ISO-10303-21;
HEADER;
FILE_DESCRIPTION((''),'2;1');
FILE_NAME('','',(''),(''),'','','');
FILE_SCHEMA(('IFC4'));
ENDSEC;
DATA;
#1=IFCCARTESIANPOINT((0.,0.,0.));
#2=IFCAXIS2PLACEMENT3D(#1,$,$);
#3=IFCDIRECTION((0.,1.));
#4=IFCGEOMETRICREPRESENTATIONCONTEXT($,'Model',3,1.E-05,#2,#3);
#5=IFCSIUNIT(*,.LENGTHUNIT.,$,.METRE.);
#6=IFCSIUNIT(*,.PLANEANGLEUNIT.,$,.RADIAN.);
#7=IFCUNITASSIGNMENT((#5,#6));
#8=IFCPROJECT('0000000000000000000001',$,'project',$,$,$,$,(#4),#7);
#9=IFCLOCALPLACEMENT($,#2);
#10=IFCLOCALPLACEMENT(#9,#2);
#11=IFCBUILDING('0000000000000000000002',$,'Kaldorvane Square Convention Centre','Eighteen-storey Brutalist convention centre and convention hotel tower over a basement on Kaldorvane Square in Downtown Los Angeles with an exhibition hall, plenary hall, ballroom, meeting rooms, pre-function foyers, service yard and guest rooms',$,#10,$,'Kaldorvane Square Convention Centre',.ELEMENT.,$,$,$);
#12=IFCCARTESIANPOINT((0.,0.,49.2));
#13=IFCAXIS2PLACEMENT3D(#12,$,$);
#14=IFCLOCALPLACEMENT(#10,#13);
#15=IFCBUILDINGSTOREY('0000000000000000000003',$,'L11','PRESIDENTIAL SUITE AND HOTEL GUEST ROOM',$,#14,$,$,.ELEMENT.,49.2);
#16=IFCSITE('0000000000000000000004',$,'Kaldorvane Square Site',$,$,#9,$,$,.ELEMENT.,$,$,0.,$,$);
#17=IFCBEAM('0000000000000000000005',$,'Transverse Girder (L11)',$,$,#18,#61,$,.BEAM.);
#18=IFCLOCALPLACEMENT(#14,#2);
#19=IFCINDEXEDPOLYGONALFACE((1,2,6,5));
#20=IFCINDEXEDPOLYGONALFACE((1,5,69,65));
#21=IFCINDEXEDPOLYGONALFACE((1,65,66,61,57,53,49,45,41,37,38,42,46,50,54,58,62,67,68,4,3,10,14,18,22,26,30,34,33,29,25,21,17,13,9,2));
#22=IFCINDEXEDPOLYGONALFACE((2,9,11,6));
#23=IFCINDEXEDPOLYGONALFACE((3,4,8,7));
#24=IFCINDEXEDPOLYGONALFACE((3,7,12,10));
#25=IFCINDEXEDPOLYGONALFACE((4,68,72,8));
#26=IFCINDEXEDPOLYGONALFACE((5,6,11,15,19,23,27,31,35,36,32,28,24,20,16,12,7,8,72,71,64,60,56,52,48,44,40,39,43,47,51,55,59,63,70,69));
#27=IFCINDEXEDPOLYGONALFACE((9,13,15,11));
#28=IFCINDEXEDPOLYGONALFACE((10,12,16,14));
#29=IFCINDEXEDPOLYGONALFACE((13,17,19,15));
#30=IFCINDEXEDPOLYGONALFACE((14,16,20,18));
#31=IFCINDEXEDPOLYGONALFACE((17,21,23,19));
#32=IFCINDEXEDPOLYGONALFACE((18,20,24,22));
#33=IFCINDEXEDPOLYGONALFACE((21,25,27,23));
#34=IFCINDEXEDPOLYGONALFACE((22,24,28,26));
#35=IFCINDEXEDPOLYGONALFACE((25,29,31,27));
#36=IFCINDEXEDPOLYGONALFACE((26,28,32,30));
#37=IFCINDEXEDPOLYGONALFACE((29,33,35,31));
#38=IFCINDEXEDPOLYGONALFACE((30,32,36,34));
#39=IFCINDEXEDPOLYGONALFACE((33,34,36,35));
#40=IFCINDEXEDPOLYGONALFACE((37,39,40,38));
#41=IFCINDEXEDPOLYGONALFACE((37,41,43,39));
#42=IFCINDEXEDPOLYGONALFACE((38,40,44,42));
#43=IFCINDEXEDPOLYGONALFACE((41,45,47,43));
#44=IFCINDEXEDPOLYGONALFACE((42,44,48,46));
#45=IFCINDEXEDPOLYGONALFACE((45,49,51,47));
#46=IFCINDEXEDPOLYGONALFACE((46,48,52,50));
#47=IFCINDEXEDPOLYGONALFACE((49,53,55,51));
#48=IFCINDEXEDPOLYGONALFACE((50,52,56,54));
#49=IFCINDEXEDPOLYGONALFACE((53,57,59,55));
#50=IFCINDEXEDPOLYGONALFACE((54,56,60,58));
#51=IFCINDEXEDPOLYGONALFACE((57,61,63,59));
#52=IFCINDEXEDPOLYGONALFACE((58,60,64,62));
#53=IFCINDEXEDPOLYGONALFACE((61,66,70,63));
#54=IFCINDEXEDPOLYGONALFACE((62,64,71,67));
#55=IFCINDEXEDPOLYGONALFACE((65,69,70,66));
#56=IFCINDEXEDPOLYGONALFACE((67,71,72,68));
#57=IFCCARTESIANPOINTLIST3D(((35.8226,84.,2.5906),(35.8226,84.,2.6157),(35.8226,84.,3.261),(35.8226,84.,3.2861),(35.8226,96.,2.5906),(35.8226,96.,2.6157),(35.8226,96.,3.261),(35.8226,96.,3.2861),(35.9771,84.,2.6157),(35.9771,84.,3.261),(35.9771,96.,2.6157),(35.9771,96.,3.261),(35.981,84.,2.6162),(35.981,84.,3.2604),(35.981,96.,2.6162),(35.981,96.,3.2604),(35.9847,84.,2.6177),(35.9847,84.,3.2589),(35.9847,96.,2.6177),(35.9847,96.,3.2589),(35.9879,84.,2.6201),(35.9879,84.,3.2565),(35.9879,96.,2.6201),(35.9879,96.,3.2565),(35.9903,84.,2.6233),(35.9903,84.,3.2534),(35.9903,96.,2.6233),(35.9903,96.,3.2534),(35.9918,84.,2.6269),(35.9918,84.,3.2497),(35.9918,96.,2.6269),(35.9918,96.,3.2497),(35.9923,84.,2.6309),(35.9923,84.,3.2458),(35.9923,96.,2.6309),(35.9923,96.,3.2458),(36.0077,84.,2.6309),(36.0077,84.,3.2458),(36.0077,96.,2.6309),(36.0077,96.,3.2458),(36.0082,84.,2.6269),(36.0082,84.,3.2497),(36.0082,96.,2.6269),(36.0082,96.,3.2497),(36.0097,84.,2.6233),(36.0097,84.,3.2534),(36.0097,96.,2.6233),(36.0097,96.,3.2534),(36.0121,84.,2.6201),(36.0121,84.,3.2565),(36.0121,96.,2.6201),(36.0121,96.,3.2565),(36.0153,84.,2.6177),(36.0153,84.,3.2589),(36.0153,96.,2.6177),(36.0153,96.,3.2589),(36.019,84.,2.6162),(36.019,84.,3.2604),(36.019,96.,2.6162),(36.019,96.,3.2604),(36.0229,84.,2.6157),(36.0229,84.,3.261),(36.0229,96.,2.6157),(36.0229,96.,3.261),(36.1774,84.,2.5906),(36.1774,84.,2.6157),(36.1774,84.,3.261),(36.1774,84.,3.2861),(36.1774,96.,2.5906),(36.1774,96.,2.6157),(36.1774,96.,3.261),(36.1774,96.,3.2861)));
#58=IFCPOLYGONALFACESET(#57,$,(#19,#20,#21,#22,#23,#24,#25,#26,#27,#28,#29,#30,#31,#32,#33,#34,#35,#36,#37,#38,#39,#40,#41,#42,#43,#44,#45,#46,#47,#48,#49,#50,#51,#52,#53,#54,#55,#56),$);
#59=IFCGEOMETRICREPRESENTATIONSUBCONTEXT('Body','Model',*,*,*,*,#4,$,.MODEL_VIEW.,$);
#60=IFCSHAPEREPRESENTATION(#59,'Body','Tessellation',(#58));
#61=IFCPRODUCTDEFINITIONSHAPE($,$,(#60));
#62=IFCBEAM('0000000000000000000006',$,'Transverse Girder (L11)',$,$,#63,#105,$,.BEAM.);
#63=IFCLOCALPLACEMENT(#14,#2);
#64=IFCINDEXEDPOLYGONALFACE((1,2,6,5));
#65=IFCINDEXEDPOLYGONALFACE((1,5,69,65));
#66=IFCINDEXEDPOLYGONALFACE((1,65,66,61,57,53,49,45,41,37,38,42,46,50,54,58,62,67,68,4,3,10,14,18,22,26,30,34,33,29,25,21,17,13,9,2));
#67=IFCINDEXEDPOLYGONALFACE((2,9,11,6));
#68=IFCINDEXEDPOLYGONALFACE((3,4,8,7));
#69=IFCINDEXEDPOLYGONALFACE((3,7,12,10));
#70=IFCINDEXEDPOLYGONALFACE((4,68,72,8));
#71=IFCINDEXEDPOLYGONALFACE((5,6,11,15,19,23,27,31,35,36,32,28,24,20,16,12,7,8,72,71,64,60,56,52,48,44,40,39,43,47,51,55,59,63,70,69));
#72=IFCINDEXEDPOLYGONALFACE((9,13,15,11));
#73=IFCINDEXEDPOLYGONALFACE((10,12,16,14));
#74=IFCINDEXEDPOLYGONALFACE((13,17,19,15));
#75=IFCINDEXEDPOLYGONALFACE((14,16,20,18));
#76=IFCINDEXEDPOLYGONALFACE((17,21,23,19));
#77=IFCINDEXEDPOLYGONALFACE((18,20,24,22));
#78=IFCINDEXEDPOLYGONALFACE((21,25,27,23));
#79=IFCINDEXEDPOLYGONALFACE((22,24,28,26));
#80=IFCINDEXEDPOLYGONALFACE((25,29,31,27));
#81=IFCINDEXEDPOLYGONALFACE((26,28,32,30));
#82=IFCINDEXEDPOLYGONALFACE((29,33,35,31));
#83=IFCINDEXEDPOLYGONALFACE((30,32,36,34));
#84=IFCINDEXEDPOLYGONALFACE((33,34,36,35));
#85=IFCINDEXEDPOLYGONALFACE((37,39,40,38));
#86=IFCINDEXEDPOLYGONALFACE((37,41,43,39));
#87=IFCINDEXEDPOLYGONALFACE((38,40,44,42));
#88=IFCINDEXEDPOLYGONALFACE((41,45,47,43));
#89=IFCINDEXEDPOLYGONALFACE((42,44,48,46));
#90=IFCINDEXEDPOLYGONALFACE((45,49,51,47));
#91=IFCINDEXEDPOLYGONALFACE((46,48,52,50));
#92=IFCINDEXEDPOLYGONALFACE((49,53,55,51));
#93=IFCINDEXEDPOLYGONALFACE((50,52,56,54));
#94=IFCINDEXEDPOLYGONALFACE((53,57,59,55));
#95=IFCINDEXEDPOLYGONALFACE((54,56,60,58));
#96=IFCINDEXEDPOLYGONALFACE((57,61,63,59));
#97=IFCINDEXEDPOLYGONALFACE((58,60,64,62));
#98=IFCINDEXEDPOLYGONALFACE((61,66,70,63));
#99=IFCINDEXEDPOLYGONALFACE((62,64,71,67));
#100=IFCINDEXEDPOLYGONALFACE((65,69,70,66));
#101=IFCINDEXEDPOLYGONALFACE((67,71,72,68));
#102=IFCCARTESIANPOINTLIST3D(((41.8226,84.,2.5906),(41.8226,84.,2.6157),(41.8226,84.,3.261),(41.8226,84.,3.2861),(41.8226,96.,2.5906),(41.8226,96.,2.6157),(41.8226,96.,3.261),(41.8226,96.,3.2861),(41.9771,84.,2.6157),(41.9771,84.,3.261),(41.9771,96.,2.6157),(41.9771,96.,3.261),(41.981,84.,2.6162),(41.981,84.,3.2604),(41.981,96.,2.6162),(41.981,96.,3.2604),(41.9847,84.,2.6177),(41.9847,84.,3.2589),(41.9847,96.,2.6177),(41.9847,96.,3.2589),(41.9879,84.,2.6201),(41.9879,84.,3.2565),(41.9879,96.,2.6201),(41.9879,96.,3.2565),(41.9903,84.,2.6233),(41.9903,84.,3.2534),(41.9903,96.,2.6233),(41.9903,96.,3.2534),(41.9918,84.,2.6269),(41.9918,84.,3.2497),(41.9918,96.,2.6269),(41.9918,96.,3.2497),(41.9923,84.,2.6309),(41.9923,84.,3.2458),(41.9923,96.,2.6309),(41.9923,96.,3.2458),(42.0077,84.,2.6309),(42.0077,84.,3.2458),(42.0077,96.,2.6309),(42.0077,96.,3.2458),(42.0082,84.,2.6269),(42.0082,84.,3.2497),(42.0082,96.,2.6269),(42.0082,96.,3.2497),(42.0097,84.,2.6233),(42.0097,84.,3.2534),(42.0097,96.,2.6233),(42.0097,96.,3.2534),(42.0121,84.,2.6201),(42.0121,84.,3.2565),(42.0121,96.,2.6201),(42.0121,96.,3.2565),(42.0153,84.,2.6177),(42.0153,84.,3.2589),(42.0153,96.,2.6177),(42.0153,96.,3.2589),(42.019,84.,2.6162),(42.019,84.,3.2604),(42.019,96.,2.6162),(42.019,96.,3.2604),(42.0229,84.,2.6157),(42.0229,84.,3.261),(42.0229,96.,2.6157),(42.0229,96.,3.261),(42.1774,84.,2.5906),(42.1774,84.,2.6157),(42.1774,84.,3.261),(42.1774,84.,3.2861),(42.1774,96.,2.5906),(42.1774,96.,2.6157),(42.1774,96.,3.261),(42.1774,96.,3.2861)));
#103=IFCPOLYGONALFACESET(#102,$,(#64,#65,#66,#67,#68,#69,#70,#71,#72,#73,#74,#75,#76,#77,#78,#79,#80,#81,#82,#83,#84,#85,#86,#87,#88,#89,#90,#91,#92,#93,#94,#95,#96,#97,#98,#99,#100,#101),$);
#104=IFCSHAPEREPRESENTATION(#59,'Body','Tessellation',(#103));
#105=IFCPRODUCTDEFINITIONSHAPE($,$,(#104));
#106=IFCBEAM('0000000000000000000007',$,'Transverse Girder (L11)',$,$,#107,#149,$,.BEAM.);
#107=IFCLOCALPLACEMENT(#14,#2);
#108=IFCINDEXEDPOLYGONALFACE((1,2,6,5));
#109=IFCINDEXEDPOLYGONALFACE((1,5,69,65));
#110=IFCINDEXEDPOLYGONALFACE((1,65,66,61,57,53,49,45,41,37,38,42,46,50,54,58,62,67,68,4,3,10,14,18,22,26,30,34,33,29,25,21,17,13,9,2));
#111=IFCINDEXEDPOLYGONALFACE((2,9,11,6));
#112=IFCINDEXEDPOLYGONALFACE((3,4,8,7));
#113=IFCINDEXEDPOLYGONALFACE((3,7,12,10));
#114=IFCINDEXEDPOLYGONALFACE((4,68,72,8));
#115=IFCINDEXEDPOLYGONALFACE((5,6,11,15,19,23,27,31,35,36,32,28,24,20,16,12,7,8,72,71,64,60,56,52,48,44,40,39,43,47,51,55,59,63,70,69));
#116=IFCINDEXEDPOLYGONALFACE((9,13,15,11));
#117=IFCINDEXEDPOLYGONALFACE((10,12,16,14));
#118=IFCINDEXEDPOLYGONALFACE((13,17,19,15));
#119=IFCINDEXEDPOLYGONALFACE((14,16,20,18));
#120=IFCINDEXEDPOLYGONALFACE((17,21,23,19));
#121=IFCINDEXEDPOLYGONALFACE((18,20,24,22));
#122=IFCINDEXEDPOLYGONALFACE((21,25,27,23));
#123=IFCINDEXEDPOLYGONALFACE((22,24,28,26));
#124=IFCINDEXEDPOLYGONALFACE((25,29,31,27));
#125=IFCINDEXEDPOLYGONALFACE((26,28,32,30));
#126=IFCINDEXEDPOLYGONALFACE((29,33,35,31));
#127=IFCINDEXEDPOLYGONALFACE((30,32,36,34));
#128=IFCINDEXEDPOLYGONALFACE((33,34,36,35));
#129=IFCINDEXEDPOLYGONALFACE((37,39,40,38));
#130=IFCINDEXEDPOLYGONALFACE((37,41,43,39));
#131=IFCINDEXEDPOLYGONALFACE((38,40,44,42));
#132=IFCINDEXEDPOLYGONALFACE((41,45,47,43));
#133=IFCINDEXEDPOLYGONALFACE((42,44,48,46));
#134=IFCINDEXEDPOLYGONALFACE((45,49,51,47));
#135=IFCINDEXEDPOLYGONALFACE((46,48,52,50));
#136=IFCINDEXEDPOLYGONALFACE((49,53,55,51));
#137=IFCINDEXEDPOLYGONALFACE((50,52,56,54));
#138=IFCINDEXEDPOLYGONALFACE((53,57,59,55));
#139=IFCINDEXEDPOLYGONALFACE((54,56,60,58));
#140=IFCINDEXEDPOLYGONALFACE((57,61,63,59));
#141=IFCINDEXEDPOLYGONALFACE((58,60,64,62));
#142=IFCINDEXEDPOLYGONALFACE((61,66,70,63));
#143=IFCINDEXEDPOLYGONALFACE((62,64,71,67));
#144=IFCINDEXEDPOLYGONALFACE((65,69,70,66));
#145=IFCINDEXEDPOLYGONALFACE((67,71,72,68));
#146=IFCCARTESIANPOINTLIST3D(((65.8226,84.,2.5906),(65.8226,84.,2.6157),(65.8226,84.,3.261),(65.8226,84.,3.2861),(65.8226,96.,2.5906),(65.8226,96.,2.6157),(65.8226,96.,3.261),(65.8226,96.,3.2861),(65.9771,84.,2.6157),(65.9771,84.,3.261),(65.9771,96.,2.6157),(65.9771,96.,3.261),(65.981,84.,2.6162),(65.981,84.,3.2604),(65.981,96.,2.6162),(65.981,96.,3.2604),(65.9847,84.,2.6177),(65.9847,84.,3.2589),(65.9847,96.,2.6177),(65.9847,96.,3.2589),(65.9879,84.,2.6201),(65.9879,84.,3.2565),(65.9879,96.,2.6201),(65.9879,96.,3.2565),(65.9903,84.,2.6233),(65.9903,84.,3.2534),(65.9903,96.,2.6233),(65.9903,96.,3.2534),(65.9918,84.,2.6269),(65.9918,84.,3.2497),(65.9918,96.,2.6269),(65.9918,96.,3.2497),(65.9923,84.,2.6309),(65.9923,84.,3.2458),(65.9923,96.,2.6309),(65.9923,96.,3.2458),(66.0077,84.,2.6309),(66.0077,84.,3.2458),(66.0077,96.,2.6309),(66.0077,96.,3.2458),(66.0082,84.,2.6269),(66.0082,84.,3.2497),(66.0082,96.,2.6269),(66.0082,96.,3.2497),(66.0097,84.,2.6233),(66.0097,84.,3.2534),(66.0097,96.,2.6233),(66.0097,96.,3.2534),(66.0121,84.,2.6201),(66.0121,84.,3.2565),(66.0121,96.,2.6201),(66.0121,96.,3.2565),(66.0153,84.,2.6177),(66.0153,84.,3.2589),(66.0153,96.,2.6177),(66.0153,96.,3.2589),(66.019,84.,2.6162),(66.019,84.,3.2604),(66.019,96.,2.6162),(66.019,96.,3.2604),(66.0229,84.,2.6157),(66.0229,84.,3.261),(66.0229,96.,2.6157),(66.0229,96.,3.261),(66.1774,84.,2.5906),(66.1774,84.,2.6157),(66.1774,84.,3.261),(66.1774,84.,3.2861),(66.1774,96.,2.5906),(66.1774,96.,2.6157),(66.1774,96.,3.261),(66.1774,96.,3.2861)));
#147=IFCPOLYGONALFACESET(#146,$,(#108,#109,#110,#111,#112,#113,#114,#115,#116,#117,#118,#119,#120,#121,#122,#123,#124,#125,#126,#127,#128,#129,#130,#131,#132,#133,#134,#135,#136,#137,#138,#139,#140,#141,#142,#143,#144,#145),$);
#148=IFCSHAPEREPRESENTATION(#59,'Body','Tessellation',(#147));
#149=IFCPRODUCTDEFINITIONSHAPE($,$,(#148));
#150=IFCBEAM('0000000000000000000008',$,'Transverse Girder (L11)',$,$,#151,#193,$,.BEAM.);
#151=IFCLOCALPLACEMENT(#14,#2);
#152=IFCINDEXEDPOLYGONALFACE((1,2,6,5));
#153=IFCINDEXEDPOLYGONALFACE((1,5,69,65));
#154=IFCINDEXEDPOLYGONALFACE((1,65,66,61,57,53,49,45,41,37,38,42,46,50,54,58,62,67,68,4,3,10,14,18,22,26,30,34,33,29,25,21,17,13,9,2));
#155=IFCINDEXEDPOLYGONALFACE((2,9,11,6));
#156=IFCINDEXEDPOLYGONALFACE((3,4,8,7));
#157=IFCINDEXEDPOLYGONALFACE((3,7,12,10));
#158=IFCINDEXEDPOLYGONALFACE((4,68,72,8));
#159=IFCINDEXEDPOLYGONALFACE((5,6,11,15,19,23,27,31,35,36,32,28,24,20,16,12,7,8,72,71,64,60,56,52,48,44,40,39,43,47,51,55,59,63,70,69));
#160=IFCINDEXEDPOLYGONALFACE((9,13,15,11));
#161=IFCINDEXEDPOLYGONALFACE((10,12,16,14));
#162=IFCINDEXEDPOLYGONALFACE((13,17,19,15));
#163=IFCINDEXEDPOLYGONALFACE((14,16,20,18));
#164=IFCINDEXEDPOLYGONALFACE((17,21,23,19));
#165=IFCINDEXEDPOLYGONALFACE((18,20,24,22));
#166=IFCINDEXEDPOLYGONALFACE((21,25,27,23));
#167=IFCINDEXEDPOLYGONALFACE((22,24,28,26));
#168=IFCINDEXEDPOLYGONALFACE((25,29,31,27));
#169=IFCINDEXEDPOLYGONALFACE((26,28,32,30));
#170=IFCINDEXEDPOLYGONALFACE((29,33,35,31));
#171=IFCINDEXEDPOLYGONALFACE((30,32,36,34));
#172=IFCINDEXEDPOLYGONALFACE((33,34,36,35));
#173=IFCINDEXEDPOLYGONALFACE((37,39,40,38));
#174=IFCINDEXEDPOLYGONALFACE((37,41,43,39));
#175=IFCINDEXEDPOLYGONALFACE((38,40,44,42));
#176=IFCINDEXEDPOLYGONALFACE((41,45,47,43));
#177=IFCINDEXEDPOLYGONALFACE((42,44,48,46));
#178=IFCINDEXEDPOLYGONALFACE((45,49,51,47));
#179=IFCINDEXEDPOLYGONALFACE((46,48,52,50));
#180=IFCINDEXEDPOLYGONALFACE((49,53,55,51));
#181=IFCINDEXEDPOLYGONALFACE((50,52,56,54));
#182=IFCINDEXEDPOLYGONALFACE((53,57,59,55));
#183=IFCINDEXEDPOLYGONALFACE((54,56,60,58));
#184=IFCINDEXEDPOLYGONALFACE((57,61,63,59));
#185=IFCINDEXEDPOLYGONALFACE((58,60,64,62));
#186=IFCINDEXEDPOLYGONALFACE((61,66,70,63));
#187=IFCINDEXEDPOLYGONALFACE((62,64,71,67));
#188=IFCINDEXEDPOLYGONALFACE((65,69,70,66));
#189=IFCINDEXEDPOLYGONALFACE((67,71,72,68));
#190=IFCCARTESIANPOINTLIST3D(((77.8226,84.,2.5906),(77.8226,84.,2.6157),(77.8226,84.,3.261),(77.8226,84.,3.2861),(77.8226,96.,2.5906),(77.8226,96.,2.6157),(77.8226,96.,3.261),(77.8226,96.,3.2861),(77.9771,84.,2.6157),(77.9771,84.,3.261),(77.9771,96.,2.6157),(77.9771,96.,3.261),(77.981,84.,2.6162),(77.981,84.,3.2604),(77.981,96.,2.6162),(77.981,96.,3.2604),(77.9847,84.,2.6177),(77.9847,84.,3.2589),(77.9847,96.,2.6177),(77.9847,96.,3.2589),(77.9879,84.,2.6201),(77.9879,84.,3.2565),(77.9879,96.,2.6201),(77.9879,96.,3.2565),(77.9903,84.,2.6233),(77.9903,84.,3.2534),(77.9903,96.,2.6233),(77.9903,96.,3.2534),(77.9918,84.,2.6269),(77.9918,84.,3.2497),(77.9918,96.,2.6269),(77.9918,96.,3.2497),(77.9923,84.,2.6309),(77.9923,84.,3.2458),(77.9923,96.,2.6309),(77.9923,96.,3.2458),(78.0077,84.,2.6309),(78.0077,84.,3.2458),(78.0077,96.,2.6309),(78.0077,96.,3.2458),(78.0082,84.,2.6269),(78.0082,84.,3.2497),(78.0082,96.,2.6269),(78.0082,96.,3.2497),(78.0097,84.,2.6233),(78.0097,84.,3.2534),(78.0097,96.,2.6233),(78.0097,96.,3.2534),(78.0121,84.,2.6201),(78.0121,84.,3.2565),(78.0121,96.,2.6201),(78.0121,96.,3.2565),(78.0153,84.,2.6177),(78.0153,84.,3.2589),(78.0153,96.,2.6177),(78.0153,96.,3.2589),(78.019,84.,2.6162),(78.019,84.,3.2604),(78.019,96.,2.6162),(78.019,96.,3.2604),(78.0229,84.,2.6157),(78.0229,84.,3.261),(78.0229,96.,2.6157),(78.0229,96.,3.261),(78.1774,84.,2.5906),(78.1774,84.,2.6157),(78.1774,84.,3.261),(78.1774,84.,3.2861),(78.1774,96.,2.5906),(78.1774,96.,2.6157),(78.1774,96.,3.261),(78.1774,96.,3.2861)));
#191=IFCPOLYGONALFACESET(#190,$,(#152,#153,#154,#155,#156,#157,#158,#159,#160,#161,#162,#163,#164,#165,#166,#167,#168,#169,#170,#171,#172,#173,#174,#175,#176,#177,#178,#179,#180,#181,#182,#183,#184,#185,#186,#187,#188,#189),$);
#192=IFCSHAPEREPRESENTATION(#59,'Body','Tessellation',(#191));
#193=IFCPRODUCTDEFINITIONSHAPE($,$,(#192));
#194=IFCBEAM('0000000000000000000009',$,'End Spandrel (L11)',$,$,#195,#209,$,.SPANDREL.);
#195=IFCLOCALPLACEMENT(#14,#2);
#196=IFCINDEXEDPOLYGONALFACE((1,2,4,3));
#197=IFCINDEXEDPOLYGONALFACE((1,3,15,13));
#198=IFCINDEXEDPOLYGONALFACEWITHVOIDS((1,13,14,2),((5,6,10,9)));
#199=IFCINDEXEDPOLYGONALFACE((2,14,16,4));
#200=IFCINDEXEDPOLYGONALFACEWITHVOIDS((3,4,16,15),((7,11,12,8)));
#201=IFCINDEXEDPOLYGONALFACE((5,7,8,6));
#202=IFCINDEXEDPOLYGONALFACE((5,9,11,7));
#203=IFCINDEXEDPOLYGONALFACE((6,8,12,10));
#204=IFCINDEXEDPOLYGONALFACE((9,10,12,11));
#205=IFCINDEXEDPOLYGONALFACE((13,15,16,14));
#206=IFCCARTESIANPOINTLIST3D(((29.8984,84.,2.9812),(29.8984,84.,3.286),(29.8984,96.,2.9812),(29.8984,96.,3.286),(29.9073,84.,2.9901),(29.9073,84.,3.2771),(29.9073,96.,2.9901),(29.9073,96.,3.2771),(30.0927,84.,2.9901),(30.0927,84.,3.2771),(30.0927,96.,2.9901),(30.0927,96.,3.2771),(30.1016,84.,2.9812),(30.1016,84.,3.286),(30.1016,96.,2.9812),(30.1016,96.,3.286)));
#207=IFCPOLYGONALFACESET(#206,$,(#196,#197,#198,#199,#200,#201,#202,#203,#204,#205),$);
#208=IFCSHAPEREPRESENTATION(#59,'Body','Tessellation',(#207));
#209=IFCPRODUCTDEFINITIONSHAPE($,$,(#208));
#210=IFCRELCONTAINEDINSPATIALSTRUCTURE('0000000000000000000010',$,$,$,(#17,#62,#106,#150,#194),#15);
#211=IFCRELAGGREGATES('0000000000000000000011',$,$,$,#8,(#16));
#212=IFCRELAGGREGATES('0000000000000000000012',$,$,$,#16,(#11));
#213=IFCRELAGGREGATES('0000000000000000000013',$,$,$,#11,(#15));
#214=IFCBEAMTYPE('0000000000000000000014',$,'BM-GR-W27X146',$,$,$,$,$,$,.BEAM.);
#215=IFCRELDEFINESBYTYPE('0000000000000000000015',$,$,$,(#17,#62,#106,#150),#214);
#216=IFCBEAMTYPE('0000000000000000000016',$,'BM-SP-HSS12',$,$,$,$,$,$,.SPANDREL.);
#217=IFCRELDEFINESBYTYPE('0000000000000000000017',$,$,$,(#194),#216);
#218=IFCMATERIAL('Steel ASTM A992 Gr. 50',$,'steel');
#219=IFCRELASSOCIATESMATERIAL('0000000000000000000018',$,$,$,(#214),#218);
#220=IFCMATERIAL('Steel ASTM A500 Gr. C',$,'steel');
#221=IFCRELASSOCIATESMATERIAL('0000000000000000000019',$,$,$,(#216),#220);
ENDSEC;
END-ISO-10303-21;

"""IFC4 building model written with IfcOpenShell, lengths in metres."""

from ifc_helpers import new_model, si_unit, direction, frame, origin, origin_2d, place, context, subcontext, project, spatial, hollow_rectangle, i_section, extrude, material, material_profile, profile_set, type_object, element, save


model = new_model("IFC4")

# Units and contexts
model_context = context("Model", 3, precision=1e-05, world=origin(), true_north=direction((0.0, 1.0)))
body_context = subcontext(model_context, "Body", "Model", "MODEL_VIEW")
ifc_project = project(units=[si_unit("LENGTHUNIT", "METRE"), si_unit("PLANEANGLEUNIT", "RADIAN")], contexts=[model_context])

# Site, building, storey
site_placement = place(None, origin())
site = spatial("IfcSite", under=ifc_project, at=site_placement, Name="Kaldorvane Square Site", CompositionType="ELEMENT", RefElevation=0.0)
building_placement = place(site_placement, origin())
building = spatial("IfcBuilding", under=site, at=building_placement, Name="Kaldorvane Square Convention Centre", Description="Eighteen-storey Brutalist convention centre and convention hotel tower over a basement on Kaldorvane Square in Downtown Los Angeles with an exhibition hall, plenary hall, ballroom, meeting rooms, pre-function foyers, service yard and guest rooms", LongName="Kaldorvane Square Convention Centre", CompositionType="ELEMENT")
storey_placement = place(building_placement, frame((0.0, 0.0, 49.2)))
storey = spatial("IfcBuildingStorey", under=building, at=storey_placement, Name="L11", Description="PRESIDENTIAL SUITE AND HOTEL GUEST ROOM", CompositionType="ELEMENT", Elevation=49.2)

# Beams
ifc_material_1 = material(Name="Steel ASTM A992 Gr. 50", Category="steel")
ifc_material_profile_1 = material_profile(ifc_material_1, i_section(OverallWidth=0.3547, OverallDepth=0.6955, WebThickness=0.0154, FlangeThickness=0.0251, FilletRadius=0.0152, at=origin_2d()), Name="W27X146")
ifc_profile_set_1 = profile_set([ifc_material_profile_1], Name="Steel ASTM A992 Gr. 50")
beam_type_1 = type_object("IfcBeamType", Name="BM-GR-W27X146", PredefinedType="BEAM", material=ifc_profile_set_1)
for number, where, z_axis, x_axis, name in (
    (1, (36.0, 84.0, 2.9383), (0.0, 1.0, 0.0), (-1.0, 0.0, 0.0), "Transverse Girder (L11)"),
    (2, (42.0, 84.0, 2.9383), (0.0, 1.0, 0.0), (-1.0, 0.0, 0.0), "Transverse Girder (L11)"),
    (3, (66.0, 84.0, 2.9383), (0.0, 1.0, 0.0), (-1.0, 0.0, 0.0), "Transverse Girder (L11)"),
    (4, (78.0, 84.0, 2.9383), (0.0, 1.0, 0.0), (-1.0, 0.0, 0.0), "Transverse Girder (L11)"),
):
    element("IfcBeam", number, at=place(storey_placement, frame(where, z_axis=z_axis, x_axis=x_axis)), inside=storey, type_object=beam_type_1, Name=name, PredefinedType="BEAM", context=body_context, shape_type="SweptSolid", body=[
        extrude(i_section(OverallWidth=0.3547, OverallDepth=0.6955, WebThickness=0.0154, FlangeThickness=0.0251, FilletRadius=0.0152, at=origin_2d()), origin(), (0.0, 0.0, 1.0), 12.0),
    ])
ifc_material_2 = material(Name="Steel ASTM A500 Gr. C", Category="steel")
ifc_material_profile_2 = material_profile(ifc_material_2, hollow_rectangle(XDim=0.2032, YDim=0.3048, WallThickness=0.0089, at=origin_2d()), Name="HSS12X8X3/8")
ifc_profile_set_2 = profile_set([ifc_material_profile_2], Name="Steel ASTM A500 Gr. C")
beam_type_2 = type_object("IfcBeamType", Name="BM-SP-HSS12", PredefinedType="SPANDREL", material=ifc_profile_set_2)
for number, where, z_axis, x_axis, name in (
    (5, (30.0, 84.0, 3.1336), (0.0, 1.0, 0.0), (-1.0, 0.0, 0.0), "End Spandrel (L11)"),
):
    element("IfcBeam", number, at=place(storey_placement, frame(where, z_axis=z_axis, x_axis=x_axis)), inside=storey, type_object=beam_type_2, Name=name, PredefinedType="SPANDREL", context=body_context, shape_type="SweptSolid", body=[
        extrude(hollow_rectangle(XDim=0.2032, YDim=0.3048, WallThickness=0.0089, at=origin_2d()), origin(), (0.0, 0.0, 1.0), 12.0),
    ])

save(model, "model.ifc")
